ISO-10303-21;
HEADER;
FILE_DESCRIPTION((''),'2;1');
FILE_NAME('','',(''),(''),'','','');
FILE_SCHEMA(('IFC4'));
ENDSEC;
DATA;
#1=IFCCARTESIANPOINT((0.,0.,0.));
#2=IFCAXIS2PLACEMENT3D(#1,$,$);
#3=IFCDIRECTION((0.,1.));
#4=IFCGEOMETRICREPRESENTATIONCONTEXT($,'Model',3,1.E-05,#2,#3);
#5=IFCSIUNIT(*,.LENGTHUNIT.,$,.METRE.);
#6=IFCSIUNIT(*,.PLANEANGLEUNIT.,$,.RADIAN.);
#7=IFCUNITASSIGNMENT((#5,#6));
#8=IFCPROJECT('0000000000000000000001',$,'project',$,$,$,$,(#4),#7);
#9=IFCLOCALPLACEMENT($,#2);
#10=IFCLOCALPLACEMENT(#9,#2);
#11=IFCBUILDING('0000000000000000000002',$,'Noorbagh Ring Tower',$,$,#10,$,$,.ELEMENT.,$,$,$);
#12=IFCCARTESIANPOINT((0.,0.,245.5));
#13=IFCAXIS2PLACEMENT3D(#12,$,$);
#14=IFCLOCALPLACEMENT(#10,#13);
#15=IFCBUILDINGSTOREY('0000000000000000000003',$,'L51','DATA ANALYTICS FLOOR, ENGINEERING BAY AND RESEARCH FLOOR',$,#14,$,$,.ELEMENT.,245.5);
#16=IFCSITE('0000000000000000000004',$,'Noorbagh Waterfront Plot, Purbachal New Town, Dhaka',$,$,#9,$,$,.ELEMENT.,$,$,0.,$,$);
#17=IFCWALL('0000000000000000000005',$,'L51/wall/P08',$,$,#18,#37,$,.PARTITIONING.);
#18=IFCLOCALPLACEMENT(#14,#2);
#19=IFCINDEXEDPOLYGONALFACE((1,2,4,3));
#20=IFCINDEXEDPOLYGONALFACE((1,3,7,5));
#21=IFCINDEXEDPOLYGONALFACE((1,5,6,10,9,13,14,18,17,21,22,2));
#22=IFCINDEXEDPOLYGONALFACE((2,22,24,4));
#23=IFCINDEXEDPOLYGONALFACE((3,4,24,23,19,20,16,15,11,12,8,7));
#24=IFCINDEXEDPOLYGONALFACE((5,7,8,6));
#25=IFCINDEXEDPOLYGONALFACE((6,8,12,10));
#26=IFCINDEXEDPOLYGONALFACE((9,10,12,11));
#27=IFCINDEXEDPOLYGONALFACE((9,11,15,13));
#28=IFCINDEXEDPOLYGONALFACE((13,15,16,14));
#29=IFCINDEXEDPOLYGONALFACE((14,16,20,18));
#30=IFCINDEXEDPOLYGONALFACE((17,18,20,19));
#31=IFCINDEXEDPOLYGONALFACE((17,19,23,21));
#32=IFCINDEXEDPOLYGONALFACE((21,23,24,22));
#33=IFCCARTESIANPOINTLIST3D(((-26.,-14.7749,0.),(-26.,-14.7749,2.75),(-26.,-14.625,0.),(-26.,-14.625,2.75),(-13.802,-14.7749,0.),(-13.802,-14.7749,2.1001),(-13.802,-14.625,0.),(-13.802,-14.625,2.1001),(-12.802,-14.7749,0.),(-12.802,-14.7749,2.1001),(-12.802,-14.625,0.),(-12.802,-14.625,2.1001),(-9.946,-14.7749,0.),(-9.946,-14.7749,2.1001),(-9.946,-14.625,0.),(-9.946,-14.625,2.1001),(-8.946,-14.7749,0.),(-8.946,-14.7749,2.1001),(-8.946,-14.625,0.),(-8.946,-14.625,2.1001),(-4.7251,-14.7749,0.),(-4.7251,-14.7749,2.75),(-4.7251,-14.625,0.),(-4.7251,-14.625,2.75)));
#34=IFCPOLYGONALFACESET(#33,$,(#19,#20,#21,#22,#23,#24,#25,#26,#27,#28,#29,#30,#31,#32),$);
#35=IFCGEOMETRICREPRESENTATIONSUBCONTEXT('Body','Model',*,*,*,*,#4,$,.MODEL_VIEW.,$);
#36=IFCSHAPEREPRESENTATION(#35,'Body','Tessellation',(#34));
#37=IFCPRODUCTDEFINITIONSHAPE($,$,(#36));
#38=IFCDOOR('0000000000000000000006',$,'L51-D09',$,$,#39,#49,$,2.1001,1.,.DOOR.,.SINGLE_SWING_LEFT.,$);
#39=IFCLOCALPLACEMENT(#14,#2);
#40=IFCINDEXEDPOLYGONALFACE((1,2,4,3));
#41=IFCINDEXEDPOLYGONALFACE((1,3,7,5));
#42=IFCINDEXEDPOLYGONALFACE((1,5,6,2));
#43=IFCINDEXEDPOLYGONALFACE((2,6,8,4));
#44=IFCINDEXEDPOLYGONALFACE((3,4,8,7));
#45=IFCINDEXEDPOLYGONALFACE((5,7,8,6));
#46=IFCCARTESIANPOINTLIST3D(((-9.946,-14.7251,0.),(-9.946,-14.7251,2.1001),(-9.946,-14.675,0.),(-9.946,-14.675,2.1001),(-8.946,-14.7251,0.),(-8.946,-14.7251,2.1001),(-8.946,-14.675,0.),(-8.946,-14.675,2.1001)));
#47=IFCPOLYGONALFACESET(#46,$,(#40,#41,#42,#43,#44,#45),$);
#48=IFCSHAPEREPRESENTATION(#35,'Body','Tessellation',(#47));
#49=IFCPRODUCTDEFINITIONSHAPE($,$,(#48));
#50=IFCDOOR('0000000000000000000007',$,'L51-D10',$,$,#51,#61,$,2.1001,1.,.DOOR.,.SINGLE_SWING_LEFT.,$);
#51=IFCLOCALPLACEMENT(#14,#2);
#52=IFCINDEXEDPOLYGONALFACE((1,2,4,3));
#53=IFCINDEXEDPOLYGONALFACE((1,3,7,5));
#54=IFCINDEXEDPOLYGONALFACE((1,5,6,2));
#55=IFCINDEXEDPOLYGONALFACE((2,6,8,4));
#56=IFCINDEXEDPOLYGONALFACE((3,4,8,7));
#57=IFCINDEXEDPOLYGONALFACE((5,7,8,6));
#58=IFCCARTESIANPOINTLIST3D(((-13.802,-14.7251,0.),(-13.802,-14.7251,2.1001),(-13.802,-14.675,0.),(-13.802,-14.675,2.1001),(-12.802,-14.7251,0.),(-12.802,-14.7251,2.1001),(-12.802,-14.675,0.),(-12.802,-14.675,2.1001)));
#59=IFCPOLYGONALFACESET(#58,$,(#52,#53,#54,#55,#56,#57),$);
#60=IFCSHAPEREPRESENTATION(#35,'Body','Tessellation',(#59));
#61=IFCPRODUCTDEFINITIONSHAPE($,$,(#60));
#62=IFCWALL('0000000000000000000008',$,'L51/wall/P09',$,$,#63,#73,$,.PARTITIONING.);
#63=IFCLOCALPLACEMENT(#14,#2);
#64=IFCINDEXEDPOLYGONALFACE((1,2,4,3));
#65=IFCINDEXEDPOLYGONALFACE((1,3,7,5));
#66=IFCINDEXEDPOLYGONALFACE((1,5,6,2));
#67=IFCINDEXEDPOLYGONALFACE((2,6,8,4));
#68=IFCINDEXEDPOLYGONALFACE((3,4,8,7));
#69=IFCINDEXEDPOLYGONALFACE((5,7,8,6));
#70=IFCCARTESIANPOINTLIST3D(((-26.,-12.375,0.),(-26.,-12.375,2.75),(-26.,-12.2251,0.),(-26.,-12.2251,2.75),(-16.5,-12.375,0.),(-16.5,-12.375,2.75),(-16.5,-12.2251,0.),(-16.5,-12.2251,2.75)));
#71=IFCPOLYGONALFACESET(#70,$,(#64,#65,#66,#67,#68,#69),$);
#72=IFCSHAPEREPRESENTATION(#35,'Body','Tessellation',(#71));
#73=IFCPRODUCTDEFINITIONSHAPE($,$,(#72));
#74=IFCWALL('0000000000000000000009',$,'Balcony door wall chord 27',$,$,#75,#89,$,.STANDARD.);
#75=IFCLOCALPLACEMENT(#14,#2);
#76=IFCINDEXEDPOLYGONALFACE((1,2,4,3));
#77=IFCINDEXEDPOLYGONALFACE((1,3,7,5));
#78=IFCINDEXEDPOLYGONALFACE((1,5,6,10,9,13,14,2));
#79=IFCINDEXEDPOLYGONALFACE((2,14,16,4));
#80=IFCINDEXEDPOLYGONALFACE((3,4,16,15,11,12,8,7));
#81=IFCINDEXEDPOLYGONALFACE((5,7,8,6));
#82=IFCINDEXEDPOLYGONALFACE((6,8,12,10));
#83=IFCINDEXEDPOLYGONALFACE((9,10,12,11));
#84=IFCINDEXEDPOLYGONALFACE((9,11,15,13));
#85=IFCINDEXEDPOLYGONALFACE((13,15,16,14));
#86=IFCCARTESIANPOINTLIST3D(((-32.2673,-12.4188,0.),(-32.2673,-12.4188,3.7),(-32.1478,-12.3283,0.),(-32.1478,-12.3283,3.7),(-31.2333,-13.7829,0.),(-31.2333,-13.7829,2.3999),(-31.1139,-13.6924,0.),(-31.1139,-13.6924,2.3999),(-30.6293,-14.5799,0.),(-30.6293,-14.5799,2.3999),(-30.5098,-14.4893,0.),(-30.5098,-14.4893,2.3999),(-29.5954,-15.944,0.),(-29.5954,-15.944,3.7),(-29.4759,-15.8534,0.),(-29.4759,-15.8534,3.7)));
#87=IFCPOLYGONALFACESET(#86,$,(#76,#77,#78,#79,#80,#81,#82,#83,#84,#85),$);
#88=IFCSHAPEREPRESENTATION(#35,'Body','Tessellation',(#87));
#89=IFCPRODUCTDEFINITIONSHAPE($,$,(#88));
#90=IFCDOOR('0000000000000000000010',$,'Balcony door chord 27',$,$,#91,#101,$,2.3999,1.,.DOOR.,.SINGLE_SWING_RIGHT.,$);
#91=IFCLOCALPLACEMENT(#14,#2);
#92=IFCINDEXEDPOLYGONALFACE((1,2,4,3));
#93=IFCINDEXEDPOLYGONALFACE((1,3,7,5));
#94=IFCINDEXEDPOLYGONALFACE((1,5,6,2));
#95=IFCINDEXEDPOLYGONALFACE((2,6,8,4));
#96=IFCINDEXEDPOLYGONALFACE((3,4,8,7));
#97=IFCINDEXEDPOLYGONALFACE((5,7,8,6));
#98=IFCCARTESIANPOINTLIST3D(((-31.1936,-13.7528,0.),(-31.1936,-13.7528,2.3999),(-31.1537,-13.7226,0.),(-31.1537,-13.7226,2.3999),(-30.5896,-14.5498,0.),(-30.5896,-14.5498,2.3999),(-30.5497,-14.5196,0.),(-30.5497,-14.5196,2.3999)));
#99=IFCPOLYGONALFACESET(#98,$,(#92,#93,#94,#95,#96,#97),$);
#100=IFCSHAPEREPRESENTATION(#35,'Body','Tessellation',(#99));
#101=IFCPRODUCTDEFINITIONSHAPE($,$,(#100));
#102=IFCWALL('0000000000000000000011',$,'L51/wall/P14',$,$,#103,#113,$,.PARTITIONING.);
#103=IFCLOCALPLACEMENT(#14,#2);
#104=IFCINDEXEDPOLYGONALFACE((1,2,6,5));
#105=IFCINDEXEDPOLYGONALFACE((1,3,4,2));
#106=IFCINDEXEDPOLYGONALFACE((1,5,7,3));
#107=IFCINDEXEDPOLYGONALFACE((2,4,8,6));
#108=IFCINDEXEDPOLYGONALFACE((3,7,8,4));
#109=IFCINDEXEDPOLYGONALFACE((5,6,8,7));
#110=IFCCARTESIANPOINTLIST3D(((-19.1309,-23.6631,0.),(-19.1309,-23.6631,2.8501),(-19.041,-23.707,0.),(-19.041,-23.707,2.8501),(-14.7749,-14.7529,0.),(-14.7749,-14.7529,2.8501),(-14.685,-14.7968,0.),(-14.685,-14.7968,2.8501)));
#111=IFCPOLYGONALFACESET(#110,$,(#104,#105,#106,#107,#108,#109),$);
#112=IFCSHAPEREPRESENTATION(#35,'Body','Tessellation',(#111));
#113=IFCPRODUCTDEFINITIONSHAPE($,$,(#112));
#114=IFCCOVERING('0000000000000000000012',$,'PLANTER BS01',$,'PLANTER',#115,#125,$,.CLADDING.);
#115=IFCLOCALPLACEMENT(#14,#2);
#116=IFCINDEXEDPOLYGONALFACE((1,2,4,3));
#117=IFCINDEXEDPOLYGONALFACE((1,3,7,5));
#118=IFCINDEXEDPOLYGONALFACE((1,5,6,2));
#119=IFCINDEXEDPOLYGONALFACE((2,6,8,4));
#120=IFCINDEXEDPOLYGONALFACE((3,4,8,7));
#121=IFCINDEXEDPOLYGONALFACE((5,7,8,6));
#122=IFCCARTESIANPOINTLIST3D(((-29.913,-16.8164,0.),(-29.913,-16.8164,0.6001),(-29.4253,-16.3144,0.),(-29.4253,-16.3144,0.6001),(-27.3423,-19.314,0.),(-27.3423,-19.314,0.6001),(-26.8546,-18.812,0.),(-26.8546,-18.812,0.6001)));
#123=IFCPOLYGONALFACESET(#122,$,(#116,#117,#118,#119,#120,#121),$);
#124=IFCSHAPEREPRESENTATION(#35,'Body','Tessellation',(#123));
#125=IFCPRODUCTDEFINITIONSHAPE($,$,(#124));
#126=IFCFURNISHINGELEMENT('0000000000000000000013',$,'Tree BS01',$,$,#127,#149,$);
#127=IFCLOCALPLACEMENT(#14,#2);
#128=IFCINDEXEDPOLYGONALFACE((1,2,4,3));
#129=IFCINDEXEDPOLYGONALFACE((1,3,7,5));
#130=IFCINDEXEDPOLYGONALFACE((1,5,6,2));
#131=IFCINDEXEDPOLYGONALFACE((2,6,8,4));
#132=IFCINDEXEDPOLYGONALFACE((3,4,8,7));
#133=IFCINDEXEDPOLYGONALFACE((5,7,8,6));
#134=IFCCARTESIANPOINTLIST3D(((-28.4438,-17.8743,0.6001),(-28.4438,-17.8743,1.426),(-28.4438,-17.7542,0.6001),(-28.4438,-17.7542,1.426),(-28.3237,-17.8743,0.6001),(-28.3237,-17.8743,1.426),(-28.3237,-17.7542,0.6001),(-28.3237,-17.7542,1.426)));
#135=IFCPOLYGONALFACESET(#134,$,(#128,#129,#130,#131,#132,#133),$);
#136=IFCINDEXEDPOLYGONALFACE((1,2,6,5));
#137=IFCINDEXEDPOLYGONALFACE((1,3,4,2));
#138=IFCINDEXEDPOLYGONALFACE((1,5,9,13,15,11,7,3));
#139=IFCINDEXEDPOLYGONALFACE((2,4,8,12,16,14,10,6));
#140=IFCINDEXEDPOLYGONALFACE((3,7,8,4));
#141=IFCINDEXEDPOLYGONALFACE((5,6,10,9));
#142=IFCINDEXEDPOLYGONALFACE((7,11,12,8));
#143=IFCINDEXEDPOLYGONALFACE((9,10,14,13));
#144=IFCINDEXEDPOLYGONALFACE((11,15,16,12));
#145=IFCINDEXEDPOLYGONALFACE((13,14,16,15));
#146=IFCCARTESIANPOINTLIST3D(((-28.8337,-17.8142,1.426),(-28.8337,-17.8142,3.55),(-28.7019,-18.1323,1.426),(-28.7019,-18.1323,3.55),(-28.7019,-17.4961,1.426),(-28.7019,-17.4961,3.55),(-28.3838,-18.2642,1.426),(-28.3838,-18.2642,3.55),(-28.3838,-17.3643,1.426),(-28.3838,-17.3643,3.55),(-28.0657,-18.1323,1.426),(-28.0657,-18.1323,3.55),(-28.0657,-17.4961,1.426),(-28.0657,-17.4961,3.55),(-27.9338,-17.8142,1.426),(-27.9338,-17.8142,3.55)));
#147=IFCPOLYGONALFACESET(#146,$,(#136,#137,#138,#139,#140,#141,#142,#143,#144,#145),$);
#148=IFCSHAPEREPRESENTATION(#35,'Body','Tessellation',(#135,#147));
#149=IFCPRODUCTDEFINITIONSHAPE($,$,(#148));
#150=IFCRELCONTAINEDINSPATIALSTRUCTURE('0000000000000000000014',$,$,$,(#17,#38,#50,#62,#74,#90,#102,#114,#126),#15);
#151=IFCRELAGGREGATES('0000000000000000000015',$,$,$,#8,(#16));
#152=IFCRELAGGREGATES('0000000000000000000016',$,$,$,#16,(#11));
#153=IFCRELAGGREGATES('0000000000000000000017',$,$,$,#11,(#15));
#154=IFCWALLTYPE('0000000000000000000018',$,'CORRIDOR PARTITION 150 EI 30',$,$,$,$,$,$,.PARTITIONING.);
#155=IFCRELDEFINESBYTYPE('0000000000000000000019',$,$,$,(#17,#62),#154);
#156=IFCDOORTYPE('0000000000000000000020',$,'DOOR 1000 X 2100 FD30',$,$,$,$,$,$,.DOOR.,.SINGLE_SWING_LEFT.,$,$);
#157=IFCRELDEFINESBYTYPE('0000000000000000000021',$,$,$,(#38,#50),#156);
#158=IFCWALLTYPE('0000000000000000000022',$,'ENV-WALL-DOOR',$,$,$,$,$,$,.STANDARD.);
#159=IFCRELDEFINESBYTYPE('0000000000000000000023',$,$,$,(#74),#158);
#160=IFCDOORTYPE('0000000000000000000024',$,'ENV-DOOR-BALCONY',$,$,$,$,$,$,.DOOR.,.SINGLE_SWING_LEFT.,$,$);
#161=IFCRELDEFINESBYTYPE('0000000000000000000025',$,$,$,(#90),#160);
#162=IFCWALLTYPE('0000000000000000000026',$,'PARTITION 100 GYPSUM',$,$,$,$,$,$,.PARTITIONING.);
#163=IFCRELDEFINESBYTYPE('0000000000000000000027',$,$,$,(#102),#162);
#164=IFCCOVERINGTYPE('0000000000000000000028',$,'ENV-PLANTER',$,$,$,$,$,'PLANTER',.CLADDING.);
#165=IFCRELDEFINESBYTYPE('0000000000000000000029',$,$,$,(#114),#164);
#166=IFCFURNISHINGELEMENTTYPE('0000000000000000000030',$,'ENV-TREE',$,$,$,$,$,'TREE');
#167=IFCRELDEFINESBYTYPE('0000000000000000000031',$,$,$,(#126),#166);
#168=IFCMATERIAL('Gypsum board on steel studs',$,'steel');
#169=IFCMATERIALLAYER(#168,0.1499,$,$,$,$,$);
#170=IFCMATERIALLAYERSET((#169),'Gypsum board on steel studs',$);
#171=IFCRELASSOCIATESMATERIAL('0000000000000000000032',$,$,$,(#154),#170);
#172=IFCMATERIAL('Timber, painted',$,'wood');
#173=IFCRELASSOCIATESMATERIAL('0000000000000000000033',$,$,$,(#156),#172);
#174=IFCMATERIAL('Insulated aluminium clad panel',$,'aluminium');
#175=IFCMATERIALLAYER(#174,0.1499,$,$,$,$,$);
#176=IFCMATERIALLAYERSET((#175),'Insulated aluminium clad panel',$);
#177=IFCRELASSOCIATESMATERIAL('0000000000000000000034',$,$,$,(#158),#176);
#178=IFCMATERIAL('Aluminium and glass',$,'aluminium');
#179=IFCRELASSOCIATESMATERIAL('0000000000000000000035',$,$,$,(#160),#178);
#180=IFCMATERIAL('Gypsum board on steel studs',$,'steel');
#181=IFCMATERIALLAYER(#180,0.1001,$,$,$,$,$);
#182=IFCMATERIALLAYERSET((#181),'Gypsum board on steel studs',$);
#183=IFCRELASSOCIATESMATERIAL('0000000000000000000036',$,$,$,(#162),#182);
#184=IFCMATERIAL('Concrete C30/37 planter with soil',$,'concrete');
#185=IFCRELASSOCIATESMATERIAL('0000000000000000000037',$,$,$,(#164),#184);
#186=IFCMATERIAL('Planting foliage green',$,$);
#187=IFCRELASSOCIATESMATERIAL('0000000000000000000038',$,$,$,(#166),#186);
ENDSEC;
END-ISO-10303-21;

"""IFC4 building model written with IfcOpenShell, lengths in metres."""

from ifc_helpers import new_model, si_unit, direction, frame, frame_2d, origin, origin_2d, place, context, subcontext, project, spatial, polyline, rectangle, outline, extrude, material, layer, layer_set, type_object, element, fill, save


model = new_model("IFC4")

# Units and contexts
model_context = context("Model", 3, precision=1e-05, world=origin(), true_north=direction((0.0, 1.0)))
body_context = subcontext(model_context, "Body", "Model", "MODEL_VIEW")
ifc_project = project(units=[si_unit("LENGTHUNIT", "METRE"), si_unit("PLANEANGLEUNIT", "RADIAN")], contexts=[model_context])

# Site, building, storey
site_placement = place(None, origin())
site = spatial("IfcSite", under=ifc_project, at=site_placement, Name="Noorbagh Waterfront Plot, Purbachal New Town, Dhaka", CompositionType="ELEMENT", RefElevation=0.0)
building_placement = place(site_placement, origin())
building = spatial("IfcBuilding", under=site, at=building_placement, Name="Noorbagh Ring Tower", CompositionType="ELEMENT")
storey_placement = place(building_placement, frame((0.0, 0.0, 245.5)))
storey = spatial("IfcBuildingStorey", under=building, at=storey_placement, Name="L51", Description="DATA ANALYTICS FLOOR, ENGINEERING BAY AND RESEARCH FLOOR", CompositionType="ELEMENT", Elevation=245.5)

# Shared definitions
ifc_material_1 = material(Name="Gypsum board on steel studs", Category="steel")
ifc_layer_1 = layer(ifc_material_1, 0.1499)
ifc_layer_set_1 = layer_set([ifc_layer_1], Name="Gypsum board on steel studs")
wall_type_1 = type_object("IfcWallType", Name="CORRIDOR PARTITION 150 EI 30", PredefinedType="PARTITIONING", material=ifc_layer_set_1)

# Wall, openings, doors
wall_1_placement = place(storey_placement, frame((-26.0, -14.7, 0.0), z_axis=(0.0, 0.0, 1.0), x_axis=(1.0, 0.0, 0.0)))
wall_1 = element("IfcWall", 1, at=wall_1_placement, inside=storey, type_object=wall_type_1, Name="L51/wall/P08", PredefinedType="PARTITIONING", context=body_context, shape_type="SweptSolid", body=[
    extrude(rectangle(XDim=21.2749, YDim=0.1499, at=frame_2d((10.6375, 0.0))), origin(), (0.0, 0.0, 1.0), 2.75),
])
opening_1_placement = place(wall_1_placement, frame((16.054, 0.0, 0.0)))
opening_1 = element("IfcOpeningElement", 2, at=opening_1_placement, cuts=wall_1, PredefinedType="OPENING", context=body_context, shape_type="SweptSolid", body=[
    extrude(rectangle(XDim=1.0, YDim=2.1001, at=frame_2d((0.5, 1.05))), frame((0.0, 0.085, 0.0), z_axis=(0.0, -1.0, 0.0), x_axis=(1.0, 0.0, 0.0)), (0.0, 0.0, 1.0), 0.1699),
])
opening_2_placement = place(wall_1_placement, frame((12.198, 0.0, 0.0)))
opening_2 = element("IfcOpeningElement", 3, at=opening_2_placement, cuts=wall_1, PredefinedType="OPENING", context=body_context, shape_type="SweptSolid", body=[
    extrude(rectangle(XDim=1.0, YDim=2.1001, at=frame_2d((0.5, 1.05))), frame((0.0, 0.085, 0.0), z_axis=(0.0, -1.0, 0.0), x_axis=(1.0, 0.0, 0.0)), (0.0, 0.0, 1.0), 0.1699),
])
ifc_material_2 = material(Name="Timber, painted", Category="wood")
door_type_1 = type_object("IfcDoorType", Name="DOOR 1000 X 2100 FD30", OperationType="SINGLE_SWING_LEFT", PredefinedType="DOOR", material=ifc_material_2)
door_1_placement = place(opening_1_placement, origin())
door_1 = element("IfcDoor", 4, at=door_1_placement, inside=storey, type_object=door_type_1, Name="L51-D09", OperationType="SINGLE_SWING_LEFT", OverallHeight=2.1001, OverallWidth=1.0, PredefinedType="DOOR", context=body_context, shape_type="SweptSolid", body=[
    extrude(rectangle(XDim=1.0, YDim=2.1001, at=frame_2d((0.5, 1.05))), frame((0.0, 0.0249, 0.0), z_axis=(0.0, -1.0, 0.0), x_axis=(1.0, 0.0, 0.0)), (0.0, 0.0, 1.0), 0.05),
])
fill(opening_1, door_1)
door_2_placement = place(opening_2_placement, origin())
door_2 = element("IfcDoor", 5, at=door_2_placement, inside=storey, type_object=door_type_1, Name="L51-D10", OperationType="SINGLE_SWING_LEFT", OverallHeight=2.1001, OverallWidth=1.0, PredefinedType="DOOR", context=body_context, shape_type="SweptSolid", body=[
    extrude(rectangle(XDim=1.0, YDim=2.1001, at=frame_2d((0.5, 1.05))), frame((0.0, 0.0249, 0.0), z_axis=(0.0, -1.0, 0.0), x_axis=(1.0, 0.0, 0.0)), (0.0, 0.0, 1.0), 0.05),
])
fill(opening_2, door_2)

# Wall
wall_2_placement = place(storey_placement, frame((-26.0, -12.3, 0.0), z_axis=(0.0, 0.0, 1.0), x_axis=(1.0, 0.0, 0.0)))
element("IfcWall", 6, at=wall_2_placement, inside=storey, type_object=wall_type_1, Name="L51/wall/P09", PredefinedType="PARTITIONING", context=body_context, shape_type="SweptSolid", body=[
    extrude(rectangle(XDim=9.5, YDim=0.1499, at=frame_2d((4.75, 0.0))), origin(), (0.0, 0.0, 1.0), 2.75),
])

# Wall, opening, door
ifc_material_3 = material(Name="Insulated aluminium clad panel", Category="aluminium")
ifc_layer_2 = layer(ifc_material_3, 0.1499)
ifc_layer_set_2 = layer_set([ifc_layer_2], Name="Insulated aluminium clad panel")
wall_type_2 = type_object("IfcWallType", Name="ENV-WALL-DOOR", PredefinedType="STANDARD", material=ifc_layer_set_2)
wall_3_placement = place(storey_placement, frame((-32.2075, -12.3735, 0.0), z_axis=(0.0, 0.0, 1.0), x_axis=(0.604046, -0.79695, 0.0)))
wall_3 = element("IfcWall", 7, at=wall_3_placement, inside=storey, type_object=wall_type_2, Name="Balcony door wall chord 27", PredefinedType="STANDARD", context=body_context, shape_type="SweptSolid", body=[
    extrude(rectangle(XDim=4.4233, YDim=0.1499, at=frame_2d((2.2117, 0.0))), origin(), (0.0, 0.0, 1.0), 3.7),
])
opening_3_placement = place(wall_3_placement, frame((1.7117, 0.0, 0.0)))
opening_3 = element("IfcOpeningElement", 8, at=opening_3_placement, cuts=wall_3, PredefinedType="OPENING", context=body_context, shape_type="SweptSolid", body=[
    extrude(rectangle(XDim=1.0, YDim=2.3999, at=frame_2d((0.5, 1.2))), frame((0.0, 0.085, 0.0), z_axis=(0.0, -1.0, 0.0), x_axis=(1.0, 0.0, 0.0)), (0.0, 0.0, 1.0), 0.1699),
])
ifc_material_4 = material(Name="Aluminium and glass", Category="aluminium")
door_type_2 = type_object("IfcDoorType", Name="ENV-DOOR-BALCONY", OperationType="SINGLE_SWING_LEFT", PredefinedType="DOOR", material=ifc_material_4)
door_3_placement = place(opening_3_placement, origin())
door_3 = element("IfcDoor", 9, at=door_3_placement, inside=storey, type_object=door_type_2, Name="Balcony door chord 27", OperationType="SINGLE_SWING_RIGHT", OverallHeight=2.3999, OverallWidth=1.0, PredefinedType="DOOR", context=body_context, shape_type="SweptSolid", body=[
    extrude(rectangle(XDim=1.0, YDim=2.3999, at=frame_2d((0.5, 1.2))), frame((0.0, 0.0249, 0.0), z_axis=(0.0, -1.0, 0.0), x_axis=(1.0, 0.0, 0.0)), (0.0, 0.0, 1.0), 0.05),
])
fill(opening_3, door_3)

# Wall
ifc_material_5 = material(Name="Gypsum board on steel studs", Category="steel")
ifc_layer_3 = layer(ifc_material_5, 0.1001)
ifc_layer_set_3 = layer_set([ifc_layer_3], Name="Gypsum board on steel studs")
wall_type_3 = type_object("IfcWallType", Name="PARTITION 100 GYPSUM", PredefinedType="PARTITIONING", material=ifc_layer_set_3)
wall_4_placement = place(storey_placement, frame((-19.0859, -23.6851, 0.0), z_axis=(0.0, 0.0, 1.0), x_axis=(0.4392, 0.898389, 0.0)))
element("IfcWall", 10, at=wall_4_placement, inside=storey, type_object=wall_type_3, Name="L51/wall/P14", PredefinedType="PARTITIONING", context=body_context, shape_type="SweptSolid", body=[
    extrude(rectangle(XDim=9.918, YDim=0.1001, at=frame_2d((4.959, 0.0))), origin(), (0.0, 0.0, 1.0), 2.8501),
])

# Covering
ifc_material_6 = material(Name="Concrete C30/37 planter with soil", Category="concrete")
covering_type = type_object("IfcCoveringType", Name="ENV-PLANTER", ElementType="PLANTER", PredefinedType="CLADDING", material=ifc_material_6)
covering_placement = place(storey_placement, frame((-28.3838, -17.8142, 0.0), z_axis=(0.0, 0.0, 1.0), x_axis=(0.717225, -0.696842, 0.0)))
element("IfcCovering", 11, at=covering_placement, inside=storey, type_object=covering_type, Name="PLANTER BS01", ObjectType="PLANTER", PredefinedType="CLADDING", context=body_context, shape_type="SweptSolid", body=[
    extrude(rectangle(XDim=3.5842, YDim=0.7, at=origin_2d()), origin(), (0.0, 0.0, 1.0), 0.6001),
])

# Furnishing element
ifc_material_7 = material(Name="Planting foliage green")
furnishing_element_type = type_object("IfcFurnishingElementType", Name="ENV-TREE", ElementType="TREE", material=ifc_material_7)
furnishing_placement = place(storey_placement, frame((-28.3838, -17.8142, 0.6001), z_axis=(0.0, 0.0, 1.0), x_axis=(1.0, 0.0, 0.0)))
element("IfcFurnishingElement", 12, at=furnishing_placement, inside=storey, type_object=furnishing_element_type, Name="Tree BS01", context=body_context, shape_type="SweptSolid", body=[
    extrude(rectangle(XDim=0.1201, YDim=0.1201, at=origin_2d()), origin(), (0.0, 0.0, 1.0), 0.8259),
    extrude(outline(polyline([(0.45, 0.0), (0.3181, 0.3181), (0.0, 0.45), (-0.3181, 0.3181), (-0.45, 0.0), (-0.3181, -0.3181), (0.0, -0.45), (0.3181, -0.3181), (0.45, 0.0)])), frame((0.0, 0.0, 0.8259)), (0.0, 0.0, 1.0), 2.124),
])

save(model, "model.ifc")
